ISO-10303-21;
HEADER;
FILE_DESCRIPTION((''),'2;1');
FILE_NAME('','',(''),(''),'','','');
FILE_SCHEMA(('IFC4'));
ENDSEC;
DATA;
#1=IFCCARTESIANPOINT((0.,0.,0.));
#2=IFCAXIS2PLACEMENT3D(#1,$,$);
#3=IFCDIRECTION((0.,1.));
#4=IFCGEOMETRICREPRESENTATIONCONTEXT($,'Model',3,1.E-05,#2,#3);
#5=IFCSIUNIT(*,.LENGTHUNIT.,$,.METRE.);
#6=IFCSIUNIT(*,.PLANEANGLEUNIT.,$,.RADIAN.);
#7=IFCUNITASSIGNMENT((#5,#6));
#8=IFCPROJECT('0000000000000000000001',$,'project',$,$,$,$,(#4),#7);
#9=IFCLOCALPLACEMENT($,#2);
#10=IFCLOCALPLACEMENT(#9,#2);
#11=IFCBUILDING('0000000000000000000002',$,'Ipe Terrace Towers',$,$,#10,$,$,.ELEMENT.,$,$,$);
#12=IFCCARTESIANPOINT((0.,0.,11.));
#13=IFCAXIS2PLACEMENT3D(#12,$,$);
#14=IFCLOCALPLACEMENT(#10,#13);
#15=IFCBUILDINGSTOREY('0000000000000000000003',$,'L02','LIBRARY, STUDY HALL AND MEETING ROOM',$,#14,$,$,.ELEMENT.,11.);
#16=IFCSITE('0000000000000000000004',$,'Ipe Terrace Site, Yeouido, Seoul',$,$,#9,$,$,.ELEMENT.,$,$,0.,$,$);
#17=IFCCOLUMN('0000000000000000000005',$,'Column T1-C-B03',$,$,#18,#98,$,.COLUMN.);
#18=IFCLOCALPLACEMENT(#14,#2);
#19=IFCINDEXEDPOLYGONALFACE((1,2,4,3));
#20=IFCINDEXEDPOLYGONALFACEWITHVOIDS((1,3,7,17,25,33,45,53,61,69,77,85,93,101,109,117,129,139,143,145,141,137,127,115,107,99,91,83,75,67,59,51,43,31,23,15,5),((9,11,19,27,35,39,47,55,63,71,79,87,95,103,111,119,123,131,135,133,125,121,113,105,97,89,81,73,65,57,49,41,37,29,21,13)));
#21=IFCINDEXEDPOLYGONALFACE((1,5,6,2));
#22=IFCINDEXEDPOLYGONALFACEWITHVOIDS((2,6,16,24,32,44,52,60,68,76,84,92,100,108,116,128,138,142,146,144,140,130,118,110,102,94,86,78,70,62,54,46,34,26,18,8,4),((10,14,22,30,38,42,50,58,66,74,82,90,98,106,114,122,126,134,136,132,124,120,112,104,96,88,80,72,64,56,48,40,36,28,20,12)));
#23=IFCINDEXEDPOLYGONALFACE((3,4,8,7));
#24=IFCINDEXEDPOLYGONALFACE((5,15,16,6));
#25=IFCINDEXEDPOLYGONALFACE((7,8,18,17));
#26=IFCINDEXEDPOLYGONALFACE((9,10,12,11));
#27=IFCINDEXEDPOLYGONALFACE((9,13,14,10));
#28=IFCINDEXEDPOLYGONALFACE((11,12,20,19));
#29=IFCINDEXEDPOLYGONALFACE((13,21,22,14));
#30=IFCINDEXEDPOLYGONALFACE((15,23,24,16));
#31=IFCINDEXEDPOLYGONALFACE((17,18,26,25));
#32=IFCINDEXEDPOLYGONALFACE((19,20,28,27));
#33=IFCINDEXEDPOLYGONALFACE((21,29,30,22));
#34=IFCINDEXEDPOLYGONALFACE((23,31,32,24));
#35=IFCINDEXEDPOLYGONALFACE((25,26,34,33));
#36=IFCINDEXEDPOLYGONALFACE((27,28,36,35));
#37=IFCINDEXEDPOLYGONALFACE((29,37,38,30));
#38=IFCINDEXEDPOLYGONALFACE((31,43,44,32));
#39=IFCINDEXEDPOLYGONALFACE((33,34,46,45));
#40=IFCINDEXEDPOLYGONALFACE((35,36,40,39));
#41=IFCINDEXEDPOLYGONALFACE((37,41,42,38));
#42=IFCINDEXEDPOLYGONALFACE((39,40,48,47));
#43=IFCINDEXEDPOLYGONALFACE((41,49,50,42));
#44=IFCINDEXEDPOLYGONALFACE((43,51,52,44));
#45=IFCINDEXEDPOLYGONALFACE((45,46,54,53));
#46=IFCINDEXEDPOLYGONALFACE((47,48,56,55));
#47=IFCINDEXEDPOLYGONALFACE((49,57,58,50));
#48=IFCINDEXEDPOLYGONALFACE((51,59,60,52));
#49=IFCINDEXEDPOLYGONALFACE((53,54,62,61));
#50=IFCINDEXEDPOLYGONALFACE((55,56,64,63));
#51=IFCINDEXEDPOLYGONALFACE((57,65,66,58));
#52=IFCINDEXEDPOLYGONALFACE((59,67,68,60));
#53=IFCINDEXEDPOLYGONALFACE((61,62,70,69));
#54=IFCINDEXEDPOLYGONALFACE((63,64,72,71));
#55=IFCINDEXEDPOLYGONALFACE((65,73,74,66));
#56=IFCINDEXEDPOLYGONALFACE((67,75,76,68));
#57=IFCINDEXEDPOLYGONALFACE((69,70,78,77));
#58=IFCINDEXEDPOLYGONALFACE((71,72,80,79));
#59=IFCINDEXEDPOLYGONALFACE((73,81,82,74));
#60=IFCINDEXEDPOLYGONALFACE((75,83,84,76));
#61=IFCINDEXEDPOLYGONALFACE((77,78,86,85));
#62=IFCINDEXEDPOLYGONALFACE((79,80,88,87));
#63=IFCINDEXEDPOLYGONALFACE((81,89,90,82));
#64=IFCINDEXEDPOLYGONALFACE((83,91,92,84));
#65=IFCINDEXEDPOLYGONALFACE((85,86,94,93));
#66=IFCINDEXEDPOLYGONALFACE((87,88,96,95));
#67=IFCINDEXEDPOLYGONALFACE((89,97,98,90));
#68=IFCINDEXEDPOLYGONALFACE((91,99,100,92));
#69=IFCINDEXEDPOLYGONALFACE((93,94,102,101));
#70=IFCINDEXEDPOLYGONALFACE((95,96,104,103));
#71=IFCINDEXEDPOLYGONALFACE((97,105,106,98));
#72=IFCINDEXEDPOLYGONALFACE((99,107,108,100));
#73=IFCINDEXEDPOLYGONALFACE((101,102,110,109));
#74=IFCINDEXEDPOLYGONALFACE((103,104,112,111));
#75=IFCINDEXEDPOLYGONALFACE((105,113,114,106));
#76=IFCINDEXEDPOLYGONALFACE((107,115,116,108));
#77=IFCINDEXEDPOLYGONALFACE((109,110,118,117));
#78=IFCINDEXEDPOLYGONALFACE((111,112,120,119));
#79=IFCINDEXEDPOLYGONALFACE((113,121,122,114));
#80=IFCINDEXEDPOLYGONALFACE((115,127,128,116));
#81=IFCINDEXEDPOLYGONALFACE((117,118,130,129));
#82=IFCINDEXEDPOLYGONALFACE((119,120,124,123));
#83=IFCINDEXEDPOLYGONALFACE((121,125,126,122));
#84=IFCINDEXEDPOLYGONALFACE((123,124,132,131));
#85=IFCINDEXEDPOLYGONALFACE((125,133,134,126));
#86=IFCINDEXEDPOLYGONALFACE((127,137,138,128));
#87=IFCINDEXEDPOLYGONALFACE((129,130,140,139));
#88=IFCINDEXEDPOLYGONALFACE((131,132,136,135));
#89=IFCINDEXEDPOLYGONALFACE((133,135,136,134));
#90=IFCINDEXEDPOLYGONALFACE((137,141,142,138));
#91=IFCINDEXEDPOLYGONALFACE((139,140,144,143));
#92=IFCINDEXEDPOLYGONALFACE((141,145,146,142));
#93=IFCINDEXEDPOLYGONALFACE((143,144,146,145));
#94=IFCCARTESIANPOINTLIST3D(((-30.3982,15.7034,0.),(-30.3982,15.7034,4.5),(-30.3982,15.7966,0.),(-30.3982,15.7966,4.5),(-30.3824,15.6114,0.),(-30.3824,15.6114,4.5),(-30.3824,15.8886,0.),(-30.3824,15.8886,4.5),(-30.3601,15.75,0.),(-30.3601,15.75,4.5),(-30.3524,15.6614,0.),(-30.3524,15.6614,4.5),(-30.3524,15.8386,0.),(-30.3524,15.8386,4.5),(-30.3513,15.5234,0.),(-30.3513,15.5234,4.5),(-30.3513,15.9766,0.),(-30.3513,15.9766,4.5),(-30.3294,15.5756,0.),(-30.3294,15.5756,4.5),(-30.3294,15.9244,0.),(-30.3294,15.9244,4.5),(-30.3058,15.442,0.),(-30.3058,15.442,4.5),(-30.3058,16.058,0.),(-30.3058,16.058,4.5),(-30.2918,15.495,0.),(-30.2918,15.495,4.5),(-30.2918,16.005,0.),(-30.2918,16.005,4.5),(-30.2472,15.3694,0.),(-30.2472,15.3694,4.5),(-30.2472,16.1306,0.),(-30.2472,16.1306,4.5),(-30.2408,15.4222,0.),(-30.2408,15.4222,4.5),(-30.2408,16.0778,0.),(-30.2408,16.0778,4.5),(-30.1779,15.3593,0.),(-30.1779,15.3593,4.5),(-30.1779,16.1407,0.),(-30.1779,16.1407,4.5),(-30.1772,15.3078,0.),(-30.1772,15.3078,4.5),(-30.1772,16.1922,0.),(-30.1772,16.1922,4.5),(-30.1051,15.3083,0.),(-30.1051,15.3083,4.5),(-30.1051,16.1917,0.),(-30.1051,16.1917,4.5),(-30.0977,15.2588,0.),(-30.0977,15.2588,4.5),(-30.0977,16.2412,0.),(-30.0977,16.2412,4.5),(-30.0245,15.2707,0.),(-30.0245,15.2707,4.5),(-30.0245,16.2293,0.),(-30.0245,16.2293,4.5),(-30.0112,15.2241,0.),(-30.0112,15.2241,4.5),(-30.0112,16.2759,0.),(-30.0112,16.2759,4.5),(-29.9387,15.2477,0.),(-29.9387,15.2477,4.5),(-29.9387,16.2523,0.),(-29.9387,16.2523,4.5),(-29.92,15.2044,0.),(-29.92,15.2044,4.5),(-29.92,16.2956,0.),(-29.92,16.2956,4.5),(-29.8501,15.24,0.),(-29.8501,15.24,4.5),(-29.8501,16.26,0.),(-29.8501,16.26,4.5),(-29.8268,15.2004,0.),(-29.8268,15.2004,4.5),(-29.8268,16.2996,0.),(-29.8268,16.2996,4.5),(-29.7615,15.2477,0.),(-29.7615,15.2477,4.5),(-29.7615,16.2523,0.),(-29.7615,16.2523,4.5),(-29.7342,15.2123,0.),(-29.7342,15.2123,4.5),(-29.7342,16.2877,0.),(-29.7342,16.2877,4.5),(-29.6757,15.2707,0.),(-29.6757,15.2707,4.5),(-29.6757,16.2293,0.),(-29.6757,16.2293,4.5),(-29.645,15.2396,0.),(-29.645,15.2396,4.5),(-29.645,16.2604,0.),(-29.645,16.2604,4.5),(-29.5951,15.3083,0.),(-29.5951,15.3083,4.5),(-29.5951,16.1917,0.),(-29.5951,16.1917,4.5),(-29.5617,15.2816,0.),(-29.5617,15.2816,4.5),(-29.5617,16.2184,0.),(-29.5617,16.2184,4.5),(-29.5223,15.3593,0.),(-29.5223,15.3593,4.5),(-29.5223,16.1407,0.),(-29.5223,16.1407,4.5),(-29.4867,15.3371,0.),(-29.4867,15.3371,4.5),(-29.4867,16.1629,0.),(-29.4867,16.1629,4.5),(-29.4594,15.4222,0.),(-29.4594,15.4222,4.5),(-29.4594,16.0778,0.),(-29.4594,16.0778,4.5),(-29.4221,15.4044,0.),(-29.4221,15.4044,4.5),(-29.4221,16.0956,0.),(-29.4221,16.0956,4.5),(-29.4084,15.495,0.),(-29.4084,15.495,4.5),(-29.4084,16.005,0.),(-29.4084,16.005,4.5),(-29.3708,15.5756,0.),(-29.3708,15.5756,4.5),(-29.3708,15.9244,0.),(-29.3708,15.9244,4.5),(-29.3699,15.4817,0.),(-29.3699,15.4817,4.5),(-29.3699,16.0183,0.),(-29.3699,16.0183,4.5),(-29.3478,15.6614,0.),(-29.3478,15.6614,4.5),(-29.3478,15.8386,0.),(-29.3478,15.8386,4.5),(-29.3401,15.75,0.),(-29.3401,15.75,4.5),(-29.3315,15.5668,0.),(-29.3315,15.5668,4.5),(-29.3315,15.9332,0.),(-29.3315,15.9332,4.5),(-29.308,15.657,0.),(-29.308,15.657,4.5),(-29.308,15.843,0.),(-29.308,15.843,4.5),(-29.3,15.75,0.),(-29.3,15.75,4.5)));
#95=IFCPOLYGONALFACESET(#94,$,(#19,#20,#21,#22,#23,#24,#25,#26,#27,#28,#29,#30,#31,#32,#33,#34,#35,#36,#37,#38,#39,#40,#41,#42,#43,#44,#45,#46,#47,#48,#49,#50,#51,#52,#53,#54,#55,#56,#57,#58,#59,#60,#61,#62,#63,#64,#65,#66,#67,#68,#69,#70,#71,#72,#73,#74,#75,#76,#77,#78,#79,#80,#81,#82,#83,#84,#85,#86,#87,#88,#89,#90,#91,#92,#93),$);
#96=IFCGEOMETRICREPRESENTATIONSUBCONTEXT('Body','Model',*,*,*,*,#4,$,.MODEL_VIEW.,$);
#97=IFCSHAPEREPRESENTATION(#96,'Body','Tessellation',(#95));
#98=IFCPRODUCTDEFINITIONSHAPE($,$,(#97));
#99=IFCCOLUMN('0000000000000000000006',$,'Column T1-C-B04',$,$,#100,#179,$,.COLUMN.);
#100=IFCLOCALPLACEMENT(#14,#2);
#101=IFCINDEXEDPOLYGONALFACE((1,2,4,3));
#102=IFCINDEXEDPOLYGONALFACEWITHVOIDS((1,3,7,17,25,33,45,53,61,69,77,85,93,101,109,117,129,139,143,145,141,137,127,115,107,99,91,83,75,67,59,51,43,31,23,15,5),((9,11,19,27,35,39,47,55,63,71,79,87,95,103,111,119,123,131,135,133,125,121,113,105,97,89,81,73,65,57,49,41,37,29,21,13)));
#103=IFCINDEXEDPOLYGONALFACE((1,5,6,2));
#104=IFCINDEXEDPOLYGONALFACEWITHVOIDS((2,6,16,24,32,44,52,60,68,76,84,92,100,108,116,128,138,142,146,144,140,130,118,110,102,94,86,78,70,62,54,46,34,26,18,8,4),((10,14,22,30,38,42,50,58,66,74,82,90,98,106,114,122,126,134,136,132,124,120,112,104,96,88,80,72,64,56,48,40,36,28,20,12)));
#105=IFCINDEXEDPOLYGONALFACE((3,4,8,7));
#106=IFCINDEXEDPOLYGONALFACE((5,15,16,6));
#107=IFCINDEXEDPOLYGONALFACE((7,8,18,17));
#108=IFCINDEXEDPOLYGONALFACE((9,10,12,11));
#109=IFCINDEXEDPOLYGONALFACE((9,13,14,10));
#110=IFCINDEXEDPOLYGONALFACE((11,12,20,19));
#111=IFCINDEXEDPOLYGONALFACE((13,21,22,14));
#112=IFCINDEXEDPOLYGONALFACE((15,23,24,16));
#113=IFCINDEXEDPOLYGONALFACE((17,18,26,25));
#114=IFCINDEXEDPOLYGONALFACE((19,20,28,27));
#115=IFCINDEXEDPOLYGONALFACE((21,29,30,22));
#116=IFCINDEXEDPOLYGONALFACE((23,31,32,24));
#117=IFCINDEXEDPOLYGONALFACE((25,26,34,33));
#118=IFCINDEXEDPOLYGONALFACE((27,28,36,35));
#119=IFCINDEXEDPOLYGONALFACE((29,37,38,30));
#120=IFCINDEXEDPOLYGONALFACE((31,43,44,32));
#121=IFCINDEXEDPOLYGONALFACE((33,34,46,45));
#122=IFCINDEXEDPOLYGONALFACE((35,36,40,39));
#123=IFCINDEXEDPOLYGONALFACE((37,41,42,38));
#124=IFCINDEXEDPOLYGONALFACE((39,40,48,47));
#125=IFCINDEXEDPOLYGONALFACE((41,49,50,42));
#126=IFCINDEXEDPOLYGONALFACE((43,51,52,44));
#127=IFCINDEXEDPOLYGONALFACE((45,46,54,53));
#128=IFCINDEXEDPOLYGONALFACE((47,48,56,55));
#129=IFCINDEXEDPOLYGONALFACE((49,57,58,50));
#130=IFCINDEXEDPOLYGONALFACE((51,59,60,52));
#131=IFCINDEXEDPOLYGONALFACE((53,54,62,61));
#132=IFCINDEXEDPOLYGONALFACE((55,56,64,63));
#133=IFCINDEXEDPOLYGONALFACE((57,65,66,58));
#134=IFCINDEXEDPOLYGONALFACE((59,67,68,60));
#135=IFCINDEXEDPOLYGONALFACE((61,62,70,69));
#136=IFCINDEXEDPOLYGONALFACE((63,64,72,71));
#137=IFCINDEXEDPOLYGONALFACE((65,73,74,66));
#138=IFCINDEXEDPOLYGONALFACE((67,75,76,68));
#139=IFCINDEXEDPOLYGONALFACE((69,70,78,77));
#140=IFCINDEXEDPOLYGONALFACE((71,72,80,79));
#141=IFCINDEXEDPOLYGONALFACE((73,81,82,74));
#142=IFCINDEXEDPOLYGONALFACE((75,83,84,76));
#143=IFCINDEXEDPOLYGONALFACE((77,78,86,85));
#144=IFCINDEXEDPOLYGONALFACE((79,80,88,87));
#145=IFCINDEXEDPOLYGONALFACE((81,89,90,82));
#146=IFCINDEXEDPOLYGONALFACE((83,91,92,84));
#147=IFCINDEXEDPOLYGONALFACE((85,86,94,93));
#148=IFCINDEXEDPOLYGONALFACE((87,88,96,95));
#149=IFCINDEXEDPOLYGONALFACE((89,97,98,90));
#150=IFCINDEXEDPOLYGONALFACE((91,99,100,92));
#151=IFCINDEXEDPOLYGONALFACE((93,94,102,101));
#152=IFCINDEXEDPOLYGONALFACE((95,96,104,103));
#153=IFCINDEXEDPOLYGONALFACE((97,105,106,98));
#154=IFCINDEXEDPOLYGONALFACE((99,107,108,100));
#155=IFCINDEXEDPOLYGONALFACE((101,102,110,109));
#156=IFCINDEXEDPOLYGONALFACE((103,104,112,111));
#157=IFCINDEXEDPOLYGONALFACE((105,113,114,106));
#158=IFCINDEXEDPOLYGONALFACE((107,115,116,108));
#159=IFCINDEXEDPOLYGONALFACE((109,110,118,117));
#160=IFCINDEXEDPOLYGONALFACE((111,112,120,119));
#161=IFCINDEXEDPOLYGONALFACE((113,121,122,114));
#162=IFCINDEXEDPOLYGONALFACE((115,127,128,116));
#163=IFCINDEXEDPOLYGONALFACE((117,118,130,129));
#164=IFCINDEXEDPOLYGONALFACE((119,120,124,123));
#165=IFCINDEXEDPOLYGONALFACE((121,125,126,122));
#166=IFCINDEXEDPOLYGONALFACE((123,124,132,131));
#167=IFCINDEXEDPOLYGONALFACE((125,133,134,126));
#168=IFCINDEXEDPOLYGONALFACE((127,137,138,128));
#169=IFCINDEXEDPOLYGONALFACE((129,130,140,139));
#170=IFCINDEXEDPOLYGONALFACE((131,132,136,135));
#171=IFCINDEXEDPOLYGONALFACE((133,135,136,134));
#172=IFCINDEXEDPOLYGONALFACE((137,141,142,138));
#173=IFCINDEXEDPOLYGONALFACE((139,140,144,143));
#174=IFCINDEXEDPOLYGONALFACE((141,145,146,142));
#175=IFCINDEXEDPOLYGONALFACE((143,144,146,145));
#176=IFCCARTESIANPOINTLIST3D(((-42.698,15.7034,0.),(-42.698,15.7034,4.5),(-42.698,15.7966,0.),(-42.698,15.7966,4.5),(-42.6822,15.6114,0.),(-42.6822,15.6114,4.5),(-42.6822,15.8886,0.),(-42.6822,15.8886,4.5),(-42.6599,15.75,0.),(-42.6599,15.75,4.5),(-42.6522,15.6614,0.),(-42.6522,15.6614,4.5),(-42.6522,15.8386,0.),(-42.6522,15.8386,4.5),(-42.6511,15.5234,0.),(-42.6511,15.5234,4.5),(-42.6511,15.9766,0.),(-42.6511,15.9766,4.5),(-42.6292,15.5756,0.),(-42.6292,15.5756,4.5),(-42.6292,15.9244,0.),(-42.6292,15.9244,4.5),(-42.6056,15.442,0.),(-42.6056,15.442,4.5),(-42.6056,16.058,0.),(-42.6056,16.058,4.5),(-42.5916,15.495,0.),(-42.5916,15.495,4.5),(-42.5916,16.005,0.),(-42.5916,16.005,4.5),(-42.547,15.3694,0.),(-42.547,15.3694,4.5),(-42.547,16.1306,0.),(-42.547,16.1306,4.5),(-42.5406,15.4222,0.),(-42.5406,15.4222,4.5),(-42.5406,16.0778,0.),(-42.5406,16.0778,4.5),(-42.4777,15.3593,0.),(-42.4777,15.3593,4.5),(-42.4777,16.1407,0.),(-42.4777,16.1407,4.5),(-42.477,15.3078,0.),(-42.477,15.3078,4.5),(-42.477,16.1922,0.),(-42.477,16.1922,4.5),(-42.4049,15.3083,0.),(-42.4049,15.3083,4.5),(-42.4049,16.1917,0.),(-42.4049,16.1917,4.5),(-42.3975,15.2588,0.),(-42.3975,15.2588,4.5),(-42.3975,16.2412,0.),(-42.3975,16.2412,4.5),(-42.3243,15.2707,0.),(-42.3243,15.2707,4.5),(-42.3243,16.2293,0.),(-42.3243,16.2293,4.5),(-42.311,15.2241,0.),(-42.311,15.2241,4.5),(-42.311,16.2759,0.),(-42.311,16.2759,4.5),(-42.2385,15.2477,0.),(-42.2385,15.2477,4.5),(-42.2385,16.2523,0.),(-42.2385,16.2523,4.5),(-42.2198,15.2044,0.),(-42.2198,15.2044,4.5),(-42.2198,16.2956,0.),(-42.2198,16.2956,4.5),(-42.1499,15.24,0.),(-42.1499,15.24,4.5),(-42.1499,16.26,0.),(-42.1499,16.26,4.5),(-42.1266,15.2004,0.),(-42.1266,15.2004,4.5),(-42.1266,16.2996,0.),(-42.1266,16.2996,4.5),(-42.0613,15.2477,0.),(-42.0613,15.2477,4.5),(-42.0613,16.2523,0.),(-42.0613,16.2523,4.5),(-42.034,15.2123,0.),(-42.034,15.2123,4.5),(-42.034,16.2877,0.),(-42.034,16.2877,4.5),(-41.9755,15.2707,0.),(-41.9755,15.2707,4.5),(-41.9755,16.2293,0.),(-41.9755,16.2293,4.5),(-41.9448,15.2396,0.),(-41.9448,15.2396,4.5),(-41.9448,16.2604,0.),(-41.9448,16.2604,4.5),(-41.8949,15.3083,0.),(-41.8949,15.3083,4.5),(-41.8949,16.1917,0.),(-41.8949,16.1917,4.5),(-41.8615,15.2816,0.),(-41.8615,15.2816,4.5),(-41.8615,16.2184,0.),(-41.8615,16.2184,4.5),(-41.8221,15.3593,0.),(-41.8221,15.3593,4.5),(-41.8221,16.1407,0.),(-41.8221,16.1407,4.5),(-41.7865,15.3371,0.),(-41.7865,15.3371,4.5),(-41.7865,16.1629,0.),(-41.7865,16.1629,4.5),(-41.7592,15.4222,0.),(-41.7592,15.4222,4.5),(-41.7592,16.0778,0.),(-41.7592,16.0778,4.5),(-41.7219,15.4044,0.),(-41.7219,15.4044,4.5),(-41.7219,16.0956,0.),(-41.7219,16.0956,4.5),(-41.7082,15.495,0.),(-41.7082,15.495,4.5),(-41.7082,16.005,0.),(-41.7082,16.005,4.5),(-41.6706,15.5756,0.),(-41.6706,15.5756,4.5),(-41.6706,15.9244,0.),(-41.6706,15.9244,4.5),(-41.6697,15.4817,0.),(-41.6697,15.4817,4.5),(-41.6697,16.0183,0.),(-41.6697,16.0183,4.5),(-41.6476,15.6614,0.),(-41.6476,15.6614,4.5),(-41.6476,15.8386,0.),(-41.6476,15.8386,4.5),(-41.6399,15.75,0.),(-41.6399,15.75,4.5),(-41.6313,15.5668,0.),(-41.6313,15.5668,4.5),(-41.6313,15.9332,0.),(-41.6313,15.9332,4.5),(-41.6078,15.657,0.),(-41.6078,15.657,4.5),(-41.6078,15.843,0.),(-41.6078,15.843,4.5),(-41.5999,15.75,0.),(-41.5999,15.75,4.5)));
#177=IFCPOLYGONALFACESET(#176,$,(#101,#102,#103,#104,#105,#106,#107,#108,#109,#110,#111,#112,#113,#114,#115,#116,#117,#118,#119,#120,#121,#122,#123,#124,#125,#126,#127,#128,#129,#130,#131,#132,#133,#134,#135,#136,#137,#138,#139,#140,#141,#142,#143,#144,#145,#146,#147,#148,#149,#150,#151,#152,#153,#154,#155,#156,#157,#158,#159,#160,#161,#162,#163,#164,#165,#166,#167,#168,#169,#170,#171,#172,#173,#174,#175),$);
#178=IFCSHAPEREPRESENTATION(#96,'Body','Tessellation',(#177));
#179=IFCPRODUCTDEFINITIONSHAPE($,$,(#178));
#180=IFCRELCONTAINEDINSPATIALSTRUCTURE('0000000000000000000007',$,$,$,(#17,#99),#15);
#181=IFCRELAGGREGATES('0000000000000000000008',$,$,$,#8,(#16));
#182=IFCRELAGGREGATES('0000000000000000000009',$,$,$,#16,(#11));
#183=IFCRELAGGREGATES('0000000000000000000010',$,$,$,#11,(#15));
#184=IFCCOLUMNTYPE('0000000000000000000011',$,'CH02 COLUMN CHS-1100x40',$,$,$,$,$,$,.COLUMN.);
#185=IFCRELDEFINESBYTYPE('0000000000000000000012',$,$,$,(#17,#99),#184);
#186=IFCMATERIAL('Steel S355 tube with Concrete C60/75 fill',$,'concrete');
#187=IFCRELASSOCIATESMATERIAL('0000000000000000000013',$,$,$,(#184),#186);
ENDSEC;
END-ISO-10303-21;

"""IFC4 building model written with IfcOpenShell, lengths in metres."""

from ifc_helpers import new_model, si_unit, direction, frame, origin, origin_2d, place, context, subcontext, project, spatial, hollow_circle, extrude, material, material_profile, profile_set, type_object, element, save


model = new_model("IFC4")

# Units and contexts
model_context = context("Model", 3, precision=1e-05, world=origin(), true_north=direction((0.0, 1.0)))
body_context = subcontext(model_context, "Body", "Model", "MODEL_VIEW")
ifc_project = project(units=[si_unit("LENGTHUNIT", "METRE"), si_unit("PLANEANGLEUNIT", "RADIAN")], contexts=[model_context])

# Site, building, storey
site_placement = place(None, origin())
site = spatial("IfcSite", under=ifc_project, at=site_placement, Name="Ipe Terrace Site, Yeouido, Seoul", CompositionType="ELEMENT", RefElevation=0.0)
building_placement = place(site_placement, origin())
building = spatial("IfcBuilding", under=site, at=building_placement, Name="Ipe Terrace Towers", CompositionType="ELEMENT")
storey_placement = place(building_placement, frame((0.0, 0.0, 11.0)))
storey = spatial("IfcBuildingStorey", under=building, at=storey_placement, Name="L02", Description="LIBRARY, STUDY HALL AND MEETING ROOM", CompositionType="ELEMENT", Elevation=11.0)

# Columns
ifc_material_1 = material(Name="Steel S355 tube with Concrete C60/75 fill", Category="concrete")
ifc_material_profile_1 = material_profile(ifc_material_1, hollow_circle(Radius=0.55, WallThickness=0.04, at=origin_2d()), Name="CHS-1100x40")
ifc_profile_set_1 = profile_set([ifc_material_profile_1], Name="Steel S355 tube with Concrete C60/75 fill")
column_type_1 = type_object("IfcColumnType", Name="CH02 COLUMN CHS-1100x40", PredefinedType="COLUMN", material=ifc_profile_set_1)
for number, where, z_axis, x_axis, name in (
    (1, (-29.8501, 15.75, 0.0), (0.0, 0.0, 1.0), (1.0, 0.0, 0.0), "Column T1-C-B03"),
    (2, (-42.1499, 15.75, 0.0), (0.0, 0.0, 1.0), (1.0, 0.0, 0.0), "Column T1-C-B04"),
):
    element("IfcColumn", number, at=place(storey_placement, frame(where, z_axis=z_axis, x_axis=x_axis)), inside=storey, type_object=column_type_1, Name=name, PredefinedType="COLUMN", context=body_context, shape_type="SweptSolid", body=[
        extrude(hollow_circle(Radius=0.55, WallThickness=0.04, at=origin_2d()), origin(), (0.0, 0.0, 1.0), 4.5),
    ])

save(model, "model.ifc")
